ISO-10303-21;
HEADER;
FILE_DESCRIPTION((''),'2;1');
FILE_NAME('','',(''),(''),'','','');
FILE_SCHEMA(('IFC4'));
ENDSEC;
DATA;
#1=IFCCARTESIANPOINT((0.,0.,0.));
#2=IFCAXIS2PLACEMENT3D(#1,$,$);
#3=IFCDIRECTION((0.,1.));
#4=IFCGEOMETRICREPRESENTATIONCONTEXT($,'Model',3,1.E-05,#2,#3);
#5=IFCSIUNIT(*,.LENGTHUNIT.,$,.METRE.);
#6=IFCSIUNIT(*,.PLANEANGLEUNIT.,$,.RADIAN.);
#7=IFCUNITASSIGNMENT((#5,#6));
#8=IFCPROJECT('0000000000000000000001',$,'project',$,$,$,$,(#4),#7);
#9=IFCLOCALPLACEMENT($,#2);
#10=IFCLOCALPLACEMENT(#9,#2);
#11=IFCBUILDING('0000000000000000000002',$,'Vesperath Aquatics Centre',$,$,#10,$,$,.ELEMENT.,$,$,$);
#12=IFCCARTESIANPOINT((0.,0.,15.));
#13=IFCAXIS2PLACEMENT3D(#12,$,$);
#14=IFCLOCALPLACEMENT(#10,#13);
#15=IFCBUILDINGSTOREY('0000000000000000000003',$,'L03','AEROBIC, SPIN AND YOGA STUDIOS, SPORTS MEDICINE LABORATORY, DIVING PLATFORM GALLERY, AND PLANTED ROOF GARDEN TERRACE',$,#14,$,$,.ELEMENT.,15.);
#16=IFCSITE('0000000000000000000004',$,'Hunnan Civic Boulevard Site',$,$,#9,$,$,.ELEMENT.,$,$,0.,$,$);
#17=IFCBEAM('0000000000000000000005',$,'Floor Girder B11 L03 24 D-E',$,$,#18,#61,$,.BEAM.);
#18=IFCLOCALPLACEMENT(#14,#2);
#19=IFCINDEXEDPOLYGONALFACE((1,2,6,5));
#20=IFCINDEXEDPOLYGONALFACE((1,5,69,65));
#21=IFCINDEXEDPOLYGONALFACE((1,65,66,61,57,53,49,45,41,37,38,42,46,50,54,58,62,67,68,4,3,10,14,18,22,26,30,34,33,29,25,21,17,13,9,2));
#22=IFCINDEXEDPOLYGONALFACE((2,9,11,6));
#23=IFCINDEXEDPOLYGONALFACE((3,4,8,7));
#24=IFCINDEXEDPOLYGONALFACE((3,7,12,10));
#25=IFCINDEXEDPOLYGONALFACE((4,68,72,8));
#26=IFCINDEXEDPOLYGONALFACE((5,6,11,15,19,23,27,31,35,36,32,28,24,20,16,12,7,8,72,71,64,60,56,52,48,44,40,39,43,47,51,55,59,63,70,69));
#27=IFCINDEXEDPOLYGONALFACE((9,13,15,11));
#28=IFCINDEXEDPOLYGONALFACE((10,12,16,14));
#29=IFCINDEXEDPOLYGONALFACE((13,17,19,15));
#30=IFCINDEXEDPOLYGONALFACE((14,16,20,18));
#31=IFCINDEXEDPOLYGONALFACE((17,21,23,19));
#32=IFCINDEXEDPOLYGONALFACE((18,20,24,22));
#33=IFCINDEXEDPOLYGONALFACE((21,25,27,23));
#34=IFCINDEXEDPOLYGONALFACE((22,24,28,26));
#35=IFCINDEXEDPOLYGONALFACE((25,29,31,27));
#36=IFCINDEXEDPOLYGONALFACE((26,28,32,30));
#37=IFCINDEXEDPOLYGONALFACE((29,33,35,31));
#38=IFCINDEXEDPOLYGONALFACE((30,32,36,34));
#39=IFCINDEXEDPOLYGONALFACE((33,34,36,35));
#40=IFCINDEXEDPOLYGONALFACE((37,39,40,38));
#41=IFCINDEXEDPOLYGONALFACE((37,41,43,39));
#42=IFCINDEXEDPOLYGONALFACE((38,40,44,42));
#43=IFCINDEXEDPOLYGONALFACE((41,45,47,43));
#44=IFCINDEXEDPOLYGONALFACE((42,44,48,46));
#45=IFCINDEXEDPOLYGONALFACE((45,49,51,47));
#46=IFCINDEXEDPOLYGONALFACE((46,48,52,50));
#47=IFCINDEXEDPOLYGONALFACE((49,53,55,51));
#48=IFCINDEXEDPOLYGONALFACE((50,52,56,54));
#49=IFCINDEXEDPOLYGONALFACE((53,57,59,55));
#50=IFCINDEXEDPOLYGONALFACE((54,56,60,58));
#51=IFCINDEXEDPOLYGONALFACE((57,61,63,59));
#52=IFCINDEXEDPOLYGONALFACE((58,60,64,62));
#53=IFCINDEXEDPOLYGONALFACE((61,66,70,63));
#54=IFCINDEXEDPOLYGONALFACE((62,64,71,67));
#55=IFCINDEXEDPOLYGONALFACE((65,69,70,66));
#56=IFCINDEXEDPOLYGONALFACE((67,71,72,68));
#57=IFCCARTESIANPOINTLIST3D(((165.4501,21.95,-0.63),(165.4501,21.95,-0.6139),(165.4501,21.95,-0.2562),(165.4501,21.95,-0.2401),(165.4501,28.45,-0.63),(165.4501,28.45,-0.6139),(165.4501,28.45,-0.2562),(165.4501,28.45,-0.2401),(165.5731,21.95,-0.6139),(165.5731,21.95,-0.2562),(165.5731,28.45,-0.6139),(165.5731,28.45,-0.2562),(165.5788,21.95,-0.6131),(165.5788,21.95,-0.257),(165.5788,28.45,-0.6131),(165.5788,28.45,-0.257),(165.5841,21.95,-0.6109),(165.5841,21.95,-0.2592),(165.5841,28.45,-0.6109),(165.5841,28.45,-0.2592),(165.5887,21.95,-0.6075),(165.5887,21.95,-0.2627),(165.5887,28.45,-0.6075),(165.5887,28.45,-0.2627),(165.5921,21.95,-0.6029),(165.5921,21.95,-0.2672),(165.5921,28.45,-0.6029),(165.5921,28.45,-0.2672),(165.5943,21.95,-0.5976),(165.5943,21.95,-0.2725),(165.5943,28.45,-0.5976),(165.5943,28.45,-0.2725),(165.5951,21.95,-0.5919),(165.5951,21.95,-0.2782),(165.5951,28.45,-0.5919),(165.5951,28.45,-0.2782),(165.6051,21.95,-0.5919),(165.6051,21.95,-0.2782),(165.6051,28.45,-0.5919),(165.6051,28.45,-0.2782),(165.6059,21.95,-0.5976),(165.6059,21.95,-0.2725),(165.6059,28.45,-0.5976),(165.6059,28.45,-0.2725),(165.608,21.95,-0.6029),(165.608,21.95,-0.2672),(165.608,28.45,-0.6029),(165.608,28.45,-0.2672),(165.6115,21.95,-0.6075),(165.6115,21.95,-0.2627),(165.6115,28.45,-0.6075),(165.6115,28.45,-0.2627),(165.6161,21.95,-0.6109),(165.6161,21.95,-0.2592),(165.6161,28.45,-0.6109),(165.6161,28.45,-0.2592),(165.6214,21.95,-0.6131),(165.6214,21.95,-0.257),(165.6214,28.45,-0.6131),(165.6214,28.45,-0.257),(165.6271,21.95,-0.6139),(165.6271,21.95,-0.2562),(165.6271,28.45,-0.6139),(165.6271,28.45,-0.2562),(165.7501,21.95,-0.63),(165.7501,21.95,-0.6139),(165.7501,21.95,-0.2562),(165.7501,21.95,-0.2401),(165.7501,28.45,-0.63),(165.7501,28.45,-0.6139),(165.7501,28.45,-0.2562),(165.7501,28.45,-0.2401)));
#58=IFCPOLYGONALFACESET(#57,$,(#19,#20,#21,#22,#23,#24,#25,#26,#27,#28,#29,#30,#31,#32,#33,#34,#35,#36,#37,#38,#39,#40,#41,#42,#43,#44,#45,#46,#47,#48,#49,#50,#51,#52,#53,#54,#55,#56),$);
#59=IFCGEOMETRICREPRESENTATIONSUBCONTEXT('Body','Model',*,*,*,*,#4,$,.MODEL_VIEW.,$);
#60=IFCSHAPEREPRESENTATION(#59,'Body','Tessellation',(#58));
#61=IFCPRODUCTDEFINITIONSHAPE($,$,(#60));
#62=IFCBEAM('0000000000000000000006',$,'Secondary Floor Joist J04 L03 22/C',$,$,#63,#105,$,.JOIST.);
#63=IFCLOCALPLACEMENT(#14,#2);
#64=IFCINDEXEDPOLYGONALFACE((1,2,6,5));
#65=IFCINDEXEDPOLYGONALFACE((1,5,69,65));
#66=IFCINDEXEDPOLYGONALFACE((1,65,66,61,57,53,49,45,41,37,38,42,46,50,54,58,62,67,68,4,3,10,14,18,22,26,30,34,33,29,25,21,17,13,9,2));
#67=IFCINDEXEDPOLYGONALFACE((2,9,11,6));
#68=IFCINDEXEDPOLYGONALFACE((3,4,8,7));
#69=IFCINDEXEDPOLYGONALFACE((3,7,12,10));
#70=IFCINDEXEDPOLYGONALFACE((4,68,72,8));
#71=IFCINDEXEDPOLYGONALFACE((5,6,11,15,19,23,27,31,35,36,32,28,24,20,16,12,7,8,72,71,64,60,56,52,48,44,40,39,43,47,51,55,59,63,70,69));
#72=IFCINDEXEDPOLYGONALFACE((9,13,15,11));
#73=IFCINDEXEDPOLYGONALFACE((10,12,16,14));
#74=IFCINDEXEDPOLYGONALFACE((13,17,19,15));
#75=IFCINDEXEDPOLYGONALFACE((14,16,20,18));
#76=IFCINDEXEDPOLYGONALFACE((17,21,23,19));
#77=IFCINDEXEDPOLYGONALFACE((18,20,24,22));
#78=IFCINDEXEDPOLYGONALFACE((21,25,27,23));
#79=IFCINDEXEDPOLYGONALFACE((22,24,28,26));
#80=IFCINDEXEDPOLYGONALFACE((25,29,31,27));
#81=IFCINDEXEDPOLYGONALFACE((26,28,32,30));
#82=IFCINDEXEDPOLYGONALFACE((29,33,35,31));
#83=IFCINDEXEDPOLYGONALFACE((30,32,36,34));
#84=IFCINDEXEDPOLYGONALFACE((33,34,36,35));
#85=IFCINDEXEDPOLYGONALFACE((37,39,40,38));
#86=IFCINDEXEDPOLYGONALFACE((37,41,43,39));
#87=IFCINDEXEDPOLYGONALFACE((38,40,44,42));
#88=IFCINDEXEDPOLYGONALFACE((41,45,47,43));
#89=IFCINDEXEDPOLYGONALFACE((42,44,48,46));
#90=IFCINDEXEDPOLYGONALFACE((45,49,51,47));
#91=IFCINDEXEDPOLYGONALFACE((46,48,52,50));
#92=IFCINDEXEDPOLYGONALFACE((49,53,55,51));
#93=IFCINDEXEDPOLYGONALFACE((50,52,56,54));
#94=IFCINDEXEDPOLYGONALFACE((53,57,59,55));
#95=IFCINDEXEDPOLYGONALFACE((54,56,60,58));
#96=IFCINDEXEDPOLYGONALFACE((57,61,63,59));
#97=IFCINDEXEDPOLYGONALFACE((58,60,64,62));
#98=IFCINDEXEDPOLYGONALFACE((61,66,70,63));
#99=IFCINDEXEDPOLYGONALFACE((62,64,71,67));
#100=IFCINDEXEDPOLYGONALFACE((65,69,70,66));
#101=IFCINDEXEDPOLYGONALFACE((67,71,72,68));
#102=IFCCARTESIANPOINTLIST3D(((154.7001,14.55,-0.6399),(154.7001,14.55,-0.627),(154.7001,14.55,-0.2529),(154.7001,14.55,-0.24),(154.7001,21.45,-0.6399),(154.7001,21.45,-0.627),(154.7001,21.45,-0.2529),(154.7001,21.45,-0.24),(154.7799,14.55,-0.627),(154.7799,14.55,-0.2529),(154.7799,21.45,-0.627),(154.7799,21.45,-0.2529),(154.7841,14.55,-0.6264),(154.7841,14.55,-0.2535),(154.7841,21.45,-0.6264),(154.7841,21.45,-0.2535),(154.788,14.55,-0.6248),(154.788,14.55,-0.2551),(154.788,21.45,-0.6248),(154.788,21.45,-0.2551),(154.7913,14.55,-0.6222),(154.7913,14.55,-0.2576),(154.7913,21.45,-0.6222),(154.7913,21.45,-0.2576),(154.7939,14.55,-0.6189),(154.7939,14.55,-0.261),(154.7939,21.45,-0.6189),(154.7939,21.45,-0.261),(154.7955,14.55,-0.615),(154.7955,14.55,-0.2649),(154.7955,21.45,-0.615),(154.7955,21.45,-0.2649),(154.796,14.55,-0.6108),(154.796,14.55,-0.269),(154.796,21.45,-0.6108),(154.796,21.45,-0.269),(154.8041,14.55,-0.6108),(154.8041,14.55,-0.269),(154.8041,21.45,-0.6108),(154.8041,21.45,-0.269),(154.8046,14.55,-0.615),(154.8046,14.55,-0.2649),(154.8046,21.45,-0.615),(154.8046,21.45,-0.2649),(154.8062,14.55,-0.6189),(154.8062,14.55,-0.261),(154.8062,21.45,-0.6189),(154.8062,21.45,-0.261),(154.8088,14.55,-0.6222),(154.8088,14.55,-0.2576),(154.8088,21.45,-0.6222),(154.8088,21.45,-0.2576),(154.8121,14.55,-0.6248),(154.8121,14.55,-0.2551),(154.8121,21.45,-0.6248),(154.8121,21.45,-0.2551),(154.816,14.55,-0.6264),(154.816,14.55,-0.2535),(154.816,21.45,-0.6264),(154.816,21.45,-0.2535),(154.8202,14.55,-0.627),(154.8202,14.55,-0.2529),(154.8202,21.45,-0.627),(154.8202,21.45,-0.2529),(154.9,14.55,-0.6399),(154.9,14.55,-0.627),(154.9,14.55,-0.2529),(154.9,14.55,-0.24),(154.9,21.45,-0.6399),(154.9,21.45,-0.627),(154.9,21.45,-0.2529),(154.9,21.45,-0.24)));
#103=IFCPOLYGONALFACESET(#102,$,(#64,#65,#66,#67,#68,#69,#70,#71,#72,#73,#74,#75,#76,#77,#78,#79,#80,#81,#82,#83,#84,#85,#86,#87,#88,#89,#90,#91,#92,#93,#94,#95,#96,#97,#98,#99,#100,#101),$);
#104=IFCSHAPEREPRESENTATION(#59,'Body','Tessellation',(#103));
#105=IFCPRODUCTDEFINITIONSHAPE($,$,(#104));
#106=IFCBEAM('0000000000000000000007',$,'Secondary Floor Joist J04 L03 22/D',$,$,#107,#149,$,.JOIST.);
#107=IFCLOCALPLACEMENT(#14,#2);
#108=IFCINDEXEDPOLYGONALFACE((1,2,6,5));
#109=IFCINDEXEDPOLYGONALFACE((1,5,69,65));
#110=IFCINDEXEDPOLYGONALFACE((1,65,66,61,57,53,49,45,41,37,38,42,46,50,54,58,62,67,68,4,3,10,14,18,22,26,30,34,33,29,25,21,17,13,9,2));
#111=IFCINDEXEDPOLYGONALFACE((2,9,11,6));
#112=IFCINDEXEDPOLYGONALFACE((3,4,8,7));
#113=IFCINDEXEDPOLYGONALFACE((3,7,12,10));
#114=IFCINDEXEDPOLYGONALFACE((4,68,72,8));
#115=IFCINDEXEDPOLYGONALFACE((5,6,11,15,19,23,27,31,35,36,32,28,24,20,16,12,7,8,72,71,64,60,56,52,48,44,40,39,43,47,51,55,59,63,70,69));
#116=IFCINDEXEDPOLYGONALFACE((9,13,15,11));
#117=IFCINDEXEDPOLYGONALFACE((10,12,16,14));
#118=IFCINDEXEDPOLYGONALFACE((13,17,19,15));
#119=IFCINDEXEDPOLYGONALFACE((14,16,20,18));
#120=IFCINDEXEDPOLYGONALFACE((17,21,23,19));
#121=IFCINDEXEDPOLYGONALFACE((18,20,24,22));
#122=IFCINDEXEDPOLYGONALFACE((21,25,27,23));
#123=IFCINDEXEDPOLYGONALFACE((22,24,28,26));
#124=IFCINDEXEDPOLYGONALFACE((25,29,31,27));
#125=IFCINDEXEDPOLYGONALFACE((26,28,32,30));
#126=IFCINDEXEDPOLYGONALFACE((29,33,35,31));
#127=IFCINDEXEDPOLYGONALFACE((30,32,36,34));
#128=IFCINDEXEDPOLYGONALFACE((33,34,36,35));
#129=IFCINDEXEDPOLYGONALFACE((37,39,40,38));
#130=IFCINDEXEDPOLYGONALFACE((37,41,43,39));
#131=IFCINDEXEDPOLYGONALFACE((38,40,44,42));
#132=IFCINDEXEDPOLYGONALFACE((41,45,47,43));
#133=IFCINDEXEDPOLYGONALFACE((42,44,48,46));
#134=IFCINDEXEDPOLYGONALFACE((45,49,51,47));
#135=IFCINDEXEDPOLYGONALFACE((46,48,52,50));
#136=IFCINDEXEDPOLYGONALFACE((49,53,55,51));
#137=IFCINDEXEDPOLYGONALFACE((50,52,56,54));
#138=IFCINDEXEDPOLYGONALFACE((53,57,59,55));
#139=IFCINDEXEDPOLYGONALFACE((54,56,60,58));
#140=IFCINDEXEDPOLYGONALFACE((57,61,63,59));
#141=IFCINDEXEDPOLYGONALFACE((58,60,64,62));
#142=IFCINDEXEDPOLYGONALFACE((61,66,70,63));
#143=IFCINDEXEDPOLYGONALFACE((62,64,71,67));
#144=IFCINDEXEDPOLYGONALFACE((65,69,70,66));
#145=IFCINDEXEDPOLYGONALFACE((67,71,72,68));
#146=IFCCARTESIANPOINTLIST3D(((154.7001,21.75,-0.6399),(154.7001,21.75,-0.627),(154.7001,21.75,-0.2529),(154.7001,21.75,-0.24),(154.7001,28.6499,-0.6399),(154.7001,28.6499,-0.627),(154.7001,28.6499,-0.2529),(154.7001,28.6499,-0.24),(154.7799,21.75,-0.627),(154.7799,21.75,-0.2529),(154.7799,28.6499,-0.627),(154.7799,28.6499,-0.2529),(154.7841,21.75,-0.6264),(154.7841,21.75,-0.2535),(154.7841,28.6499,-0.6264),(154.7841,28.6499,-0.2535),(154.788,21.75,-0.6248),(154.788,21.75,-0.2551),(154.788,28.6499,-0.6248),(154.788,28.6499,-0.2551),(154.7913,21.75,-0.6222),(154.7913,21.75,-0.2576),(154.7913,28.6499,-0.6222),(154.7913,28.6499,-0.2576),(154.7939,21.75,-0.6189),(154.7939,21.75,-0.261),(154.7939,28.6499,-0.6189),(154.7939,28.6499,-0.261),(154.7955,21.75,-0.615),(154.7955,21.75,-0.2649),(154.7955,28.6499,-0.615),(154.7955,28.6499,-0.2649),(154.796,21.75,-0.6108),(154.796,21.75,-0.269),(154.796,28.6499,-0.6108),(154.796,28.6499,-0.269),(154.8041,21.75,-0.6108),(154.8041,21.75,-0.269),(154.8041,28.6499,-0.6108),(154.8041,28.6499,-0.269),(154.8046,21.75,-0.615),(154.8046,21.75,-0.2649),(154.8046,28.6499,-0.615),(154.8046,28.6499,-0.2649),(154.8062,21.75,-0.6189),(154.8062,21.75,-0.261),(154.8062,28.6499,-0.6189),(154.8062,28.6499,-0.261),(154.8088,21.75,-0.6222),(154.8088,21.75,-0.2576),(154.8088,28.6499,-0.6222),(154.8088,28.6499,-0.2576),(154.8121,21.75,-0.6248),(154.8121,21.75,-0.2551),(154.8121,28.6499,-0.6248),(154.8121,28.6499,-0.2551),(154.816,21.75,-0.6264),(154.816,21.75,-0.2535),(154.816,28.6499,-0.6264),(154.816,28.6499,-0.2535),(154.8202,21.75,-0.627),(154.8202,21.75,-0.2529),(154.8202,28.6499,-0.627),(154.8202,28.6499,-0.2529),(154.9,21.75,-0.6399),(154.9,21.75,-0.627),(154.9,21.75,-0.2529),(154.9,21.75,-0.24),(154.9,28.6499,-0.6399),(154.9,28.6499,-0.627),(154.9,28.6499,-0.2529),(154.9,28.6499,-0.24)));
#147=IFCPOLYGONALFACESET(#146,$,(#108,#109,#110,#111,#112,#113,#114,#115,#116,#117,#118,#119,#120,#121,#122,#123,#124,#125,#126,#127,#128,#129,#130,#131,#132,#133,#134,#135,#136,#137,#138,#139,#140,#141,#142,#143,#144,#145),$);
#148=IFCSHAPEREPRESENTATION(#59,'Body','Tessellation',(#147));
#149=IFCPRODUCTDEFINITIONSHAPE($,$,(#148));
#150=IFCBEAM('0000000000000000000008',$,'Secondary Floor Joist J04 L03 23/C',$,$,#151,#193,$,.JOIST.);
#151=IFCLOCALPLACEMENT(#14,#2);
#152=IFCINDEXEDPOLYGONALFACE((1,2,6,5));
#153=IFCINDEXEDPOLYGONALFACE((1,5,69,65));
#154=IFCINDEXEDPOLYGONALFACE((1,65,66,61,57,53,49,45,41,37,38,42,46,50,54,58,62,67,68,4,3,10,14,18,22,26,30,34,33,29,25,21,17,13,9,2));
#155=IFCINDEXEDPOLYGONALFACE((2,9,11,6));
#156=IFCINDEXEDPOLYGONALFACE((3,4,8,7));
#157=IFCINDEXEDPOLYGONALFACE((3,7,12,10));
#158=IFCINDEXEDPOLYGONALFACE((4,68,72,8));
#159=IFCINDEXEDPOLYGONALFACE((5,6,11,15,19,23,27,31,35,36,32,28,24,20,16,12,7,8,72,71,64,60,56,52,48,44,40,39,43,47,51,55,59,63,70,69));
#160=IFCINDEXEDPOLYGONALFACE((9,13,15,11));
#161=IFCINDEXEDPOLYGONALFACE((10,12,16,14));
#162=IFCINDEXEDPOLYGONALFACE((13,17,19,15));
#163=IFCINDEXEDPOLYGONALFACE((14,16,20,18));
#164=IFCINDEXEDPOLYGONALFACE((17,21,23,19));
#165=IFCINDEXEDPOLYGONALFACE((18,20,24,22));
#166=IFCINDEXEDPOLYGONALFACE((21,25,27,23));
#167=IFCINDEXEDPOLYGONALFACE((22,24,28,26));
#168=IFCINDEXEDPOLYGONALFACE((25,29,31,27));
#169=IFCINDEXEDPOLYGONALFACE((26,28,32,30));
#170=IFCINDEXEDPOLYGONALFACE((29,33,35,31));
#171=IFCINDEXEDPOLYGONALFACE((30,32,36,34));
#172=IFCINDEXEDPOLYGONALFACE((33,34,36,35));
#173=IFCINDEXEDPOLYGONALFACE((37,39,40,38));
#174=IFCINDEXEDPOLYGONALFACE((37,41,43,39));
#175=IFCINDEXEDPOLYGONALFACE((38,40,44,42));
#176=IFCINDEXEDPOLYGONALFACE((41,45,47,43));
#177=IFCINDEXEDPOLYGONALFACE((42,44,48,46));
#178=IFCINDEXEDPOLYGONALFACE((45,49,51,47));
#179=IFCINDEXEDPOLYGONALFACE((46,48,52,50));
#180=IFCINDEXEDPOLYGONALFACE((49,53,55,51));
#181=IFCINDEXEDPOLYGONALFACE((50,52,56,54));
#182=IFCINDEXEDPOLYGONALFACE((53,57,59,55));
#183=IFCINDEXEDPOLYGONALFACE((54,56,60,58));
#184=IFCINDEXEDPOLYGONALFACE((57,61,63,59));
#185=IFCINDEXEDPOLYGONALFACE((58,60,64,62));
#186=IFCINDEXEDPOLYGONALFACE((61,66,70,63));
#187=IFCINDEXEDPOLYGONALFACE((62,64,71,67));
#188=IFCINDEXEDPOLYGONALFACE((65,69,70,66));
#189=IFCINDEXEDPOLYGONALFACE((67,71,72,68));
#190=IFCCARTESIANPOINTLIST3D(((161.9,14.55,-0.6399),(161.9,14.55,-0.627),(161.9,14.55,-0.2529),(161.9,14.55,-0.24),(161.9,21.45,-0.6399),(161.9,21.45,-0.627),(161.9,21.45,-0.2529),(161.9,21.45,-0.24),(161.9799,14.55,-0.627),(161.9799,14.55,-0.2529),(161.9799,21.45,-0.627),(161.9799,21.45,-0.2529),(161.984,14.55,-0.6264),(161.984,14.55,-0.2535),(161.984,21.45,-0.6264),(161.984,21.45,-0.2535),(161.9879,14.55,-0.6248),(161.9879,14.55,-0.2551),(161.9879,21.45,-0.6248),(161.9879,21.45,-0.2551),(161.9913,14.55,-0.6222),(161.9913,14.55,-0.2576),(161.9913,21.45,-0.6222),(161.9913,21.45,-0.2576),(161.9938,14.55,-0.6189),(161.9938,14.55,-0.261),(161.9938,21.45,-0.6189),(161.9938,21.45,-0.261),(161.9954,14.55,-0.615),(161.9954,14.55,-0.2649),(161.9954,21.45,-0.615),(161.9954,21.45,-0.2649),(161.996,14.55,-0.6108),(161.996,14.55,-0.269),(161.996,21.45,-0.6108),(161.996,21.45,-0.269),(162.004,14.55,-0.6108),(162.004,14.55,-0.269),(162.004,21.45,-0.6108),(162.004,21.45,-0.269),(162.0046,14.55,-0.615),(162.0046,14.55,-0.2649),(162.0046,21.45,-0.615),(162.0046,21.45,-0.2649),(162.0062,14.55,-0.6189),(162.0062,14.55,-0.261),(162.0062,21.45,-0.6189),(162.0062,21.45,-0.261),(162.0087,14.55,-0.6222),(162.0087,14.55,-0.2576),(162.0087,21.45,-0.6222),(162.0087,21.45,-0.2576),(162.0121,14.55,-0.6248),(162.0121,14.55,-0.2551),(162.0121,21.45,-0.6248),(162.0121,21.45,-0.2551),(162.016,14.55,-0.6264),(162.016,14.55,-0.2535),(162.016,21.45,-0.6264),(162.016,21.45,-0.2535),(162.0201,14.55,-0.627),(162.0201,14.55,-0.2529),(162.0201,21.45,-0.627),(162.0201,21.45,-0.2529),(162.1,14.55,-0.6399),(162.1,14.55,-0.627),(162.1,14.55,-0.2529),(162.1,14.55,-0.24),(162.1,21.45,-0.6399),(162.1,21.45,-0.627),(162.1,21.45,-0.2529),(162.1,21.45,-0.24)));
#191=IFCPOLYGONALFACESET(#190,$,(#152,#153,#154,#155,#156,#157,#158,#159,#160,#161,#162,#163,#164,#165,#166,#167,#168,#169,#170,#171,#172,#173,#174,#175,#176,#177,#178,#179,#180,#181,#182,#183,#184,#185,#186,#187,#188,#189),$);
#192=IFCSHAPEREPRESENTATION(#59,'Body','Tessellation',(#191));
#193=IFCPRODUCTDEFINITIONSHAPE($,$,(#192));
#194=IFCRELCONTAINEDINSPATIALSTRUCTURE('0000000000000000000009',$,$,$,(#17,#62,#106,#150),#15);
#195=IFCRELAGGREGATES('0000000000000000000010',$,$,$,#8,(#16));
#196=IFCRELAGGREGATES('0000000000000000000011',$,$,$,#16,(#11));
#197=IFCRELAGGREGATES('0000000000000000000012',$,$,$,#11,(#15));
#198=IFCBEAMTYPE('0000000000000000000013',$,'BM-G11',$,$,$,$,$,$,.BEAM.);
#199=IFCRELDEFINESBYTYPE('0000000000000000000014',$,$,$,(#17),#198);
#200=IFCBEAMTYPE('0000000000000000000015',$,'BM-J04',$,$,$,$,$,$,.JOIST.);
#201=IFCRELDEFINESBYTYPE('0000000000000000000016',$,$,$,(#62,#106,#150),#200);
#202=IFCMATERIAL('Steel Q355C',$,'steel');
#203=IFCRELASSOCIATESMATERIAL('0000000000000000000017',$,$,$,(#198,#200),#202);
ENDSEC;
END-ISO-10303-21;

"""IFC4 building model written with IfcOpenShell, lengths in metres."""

from ifc_helpers import new_model, si_unit, direction, frame, origin, origin_2d, place, context, subcontext, project, spatial, i_section, extrude, material, material_profile, profile_set, type_object, element, save


model = new_model("IFC4")

# Units and contexts
model_context = context("Model", 3, precision=1e-05, world=origin(), true_north=direction((0.0, 1.0)))
body_context = subcontext(model_context, "Body", "Model", "MODEL_VIEW")
ifc_project = project(units=[si_unit("LENGTHUNIT", "METRE"), si_unit("PLANEANGLEUNIT", "RADIAN")], contexts=[model_context])

# Site, building, storey
site_placement = place(None, origin())
site = spatial("IfcSite", under=ifc_project, at=site_placement, Name="Hunnan Civic Boulevard Site", CompositionType="ELEMENT", RefElevation=0.0)
building_placement = place(site_placement, origin())
building = spatial("IfcBuilding", under=site, at=building_placement, Name="Vesperath Aquatics Centre", CompositionType="ELEMENT")
storey_placement = place(building_placement, frame((0.0, 0.0, 15.0)))
storey = spatial("IfcBuildingStorey", under=building, at=storey_placement, Name="L03", Description="AEROBIC, SPIN AND YOGA STUDIOS, SPORTS MEDICINE LABORATORY, DIVING PLATFORM GALLERY, AND PLANTED ROOF GARDEN TERRACE", CompositionType="ELEMENT", Elevation=15.0)

# Shared definitions
ifc_material_1 = material(Name="Steel Q355C", Category="steel")

# Beams
ifc_material_profile_1 = material_profile(ifc_material_1, i_section(OverallWidth=0.3, OverallDepth=0.3899, WebThickness=0.01, FlangeThickness=0.0161, FilletRadius=0.022, at=origin_2d()), Name="HM 390x300x10x16")
ifc_profile_set_1 = profile_set([ifc_material_profile_1], Name="Steel Q355C")
beam_type_1 = type_object("IfcBeamType", Name="BM-G11", PredefinedType="BEAM", material=ifc_profile_set_1)
for number, where, z_axis, x_axis, name in (
    (1, (165.6001, 21.95, -0.4351), (0.0, 1.0, 0.0), (-1.0, 0.0, 0.0), "Floor Girder B11 L03 24 D-E"),
):
    element("IfcBeam", number, at=place(storey_placement, frame(where, z_axis=z_axis, x_axis=x_axis)), inside=storey, type_object=beam_type_1, Name=name, PredefinedType="BEAM", context=body_context, shape_type="SweptSolid", body=[
        extrude(i_section(OverallWidth=0.3, OverallDepth=0.3899, WebThickness=0.01, FlangeThickness=0.0161, FilletRadius=0.022, at=origin_2d()), origin(), (0.0, 0.0, 1.0), 6.5),
    ])
ifc_material_profile_2 = material_profile(ifc_material_1, i_section(OverallWidth=0.2, OverallDepth=0.3999, WebThickness=0.0081, FlangeThickness=0.0129, FilletRadius=0.0161, at=origin_2d()), Name="HN 400x200x8x13")
ifc_profile_set_2 = profile_set([ifc_material_profile_2], Name="Steel Q355C")
beam_type_2 = type_object("IfcBeamType", Name="BM-J04", PredefinedType="JOIST", material=ifc_profile_set_2)
for number, where, z_axis, x_axis, name in (
    (2, (154.8, 14.55, -0.4399), (0.0, 1.0, 0.0), (-1.0, 0.0, 0.0), "Secondary Floor Joist J04 L03 22/C"),
    (3, (154.8, 21.75, -0.4399), (0.0, 1.0, 0.0), (-1.0, 0.0, 0.0), "Secondary Floor Joist J04 L03 22/D"),
    (4, (162.0, 14.55, -0.4399), (0.0, 1.0, 0.0), (-1.0, 0.0, 0.0), "Secondary Floor Joist J04 L03 23/C"),
):
    element("IfcBeam", number, at=place(storey_placement, frame(where, z_axis=z_axis, x_axis=x_axis)), inside=storey, type_object=beam_type_2, Name=name, PredefinedType="JOIST", context=body_context, shape_type="SweptSolid", body=[
        extrude(i_section(OverallWidth=0.2, OverallDepth=0.3999, WebThickness=0.0081, FlangeThickness=0.0129, FilletRadius=0.0161, at=origin_2d()), origin(), (0.0, 0.0, 1.0), 6.8999),
    ])

save(model, "model.ifc")
